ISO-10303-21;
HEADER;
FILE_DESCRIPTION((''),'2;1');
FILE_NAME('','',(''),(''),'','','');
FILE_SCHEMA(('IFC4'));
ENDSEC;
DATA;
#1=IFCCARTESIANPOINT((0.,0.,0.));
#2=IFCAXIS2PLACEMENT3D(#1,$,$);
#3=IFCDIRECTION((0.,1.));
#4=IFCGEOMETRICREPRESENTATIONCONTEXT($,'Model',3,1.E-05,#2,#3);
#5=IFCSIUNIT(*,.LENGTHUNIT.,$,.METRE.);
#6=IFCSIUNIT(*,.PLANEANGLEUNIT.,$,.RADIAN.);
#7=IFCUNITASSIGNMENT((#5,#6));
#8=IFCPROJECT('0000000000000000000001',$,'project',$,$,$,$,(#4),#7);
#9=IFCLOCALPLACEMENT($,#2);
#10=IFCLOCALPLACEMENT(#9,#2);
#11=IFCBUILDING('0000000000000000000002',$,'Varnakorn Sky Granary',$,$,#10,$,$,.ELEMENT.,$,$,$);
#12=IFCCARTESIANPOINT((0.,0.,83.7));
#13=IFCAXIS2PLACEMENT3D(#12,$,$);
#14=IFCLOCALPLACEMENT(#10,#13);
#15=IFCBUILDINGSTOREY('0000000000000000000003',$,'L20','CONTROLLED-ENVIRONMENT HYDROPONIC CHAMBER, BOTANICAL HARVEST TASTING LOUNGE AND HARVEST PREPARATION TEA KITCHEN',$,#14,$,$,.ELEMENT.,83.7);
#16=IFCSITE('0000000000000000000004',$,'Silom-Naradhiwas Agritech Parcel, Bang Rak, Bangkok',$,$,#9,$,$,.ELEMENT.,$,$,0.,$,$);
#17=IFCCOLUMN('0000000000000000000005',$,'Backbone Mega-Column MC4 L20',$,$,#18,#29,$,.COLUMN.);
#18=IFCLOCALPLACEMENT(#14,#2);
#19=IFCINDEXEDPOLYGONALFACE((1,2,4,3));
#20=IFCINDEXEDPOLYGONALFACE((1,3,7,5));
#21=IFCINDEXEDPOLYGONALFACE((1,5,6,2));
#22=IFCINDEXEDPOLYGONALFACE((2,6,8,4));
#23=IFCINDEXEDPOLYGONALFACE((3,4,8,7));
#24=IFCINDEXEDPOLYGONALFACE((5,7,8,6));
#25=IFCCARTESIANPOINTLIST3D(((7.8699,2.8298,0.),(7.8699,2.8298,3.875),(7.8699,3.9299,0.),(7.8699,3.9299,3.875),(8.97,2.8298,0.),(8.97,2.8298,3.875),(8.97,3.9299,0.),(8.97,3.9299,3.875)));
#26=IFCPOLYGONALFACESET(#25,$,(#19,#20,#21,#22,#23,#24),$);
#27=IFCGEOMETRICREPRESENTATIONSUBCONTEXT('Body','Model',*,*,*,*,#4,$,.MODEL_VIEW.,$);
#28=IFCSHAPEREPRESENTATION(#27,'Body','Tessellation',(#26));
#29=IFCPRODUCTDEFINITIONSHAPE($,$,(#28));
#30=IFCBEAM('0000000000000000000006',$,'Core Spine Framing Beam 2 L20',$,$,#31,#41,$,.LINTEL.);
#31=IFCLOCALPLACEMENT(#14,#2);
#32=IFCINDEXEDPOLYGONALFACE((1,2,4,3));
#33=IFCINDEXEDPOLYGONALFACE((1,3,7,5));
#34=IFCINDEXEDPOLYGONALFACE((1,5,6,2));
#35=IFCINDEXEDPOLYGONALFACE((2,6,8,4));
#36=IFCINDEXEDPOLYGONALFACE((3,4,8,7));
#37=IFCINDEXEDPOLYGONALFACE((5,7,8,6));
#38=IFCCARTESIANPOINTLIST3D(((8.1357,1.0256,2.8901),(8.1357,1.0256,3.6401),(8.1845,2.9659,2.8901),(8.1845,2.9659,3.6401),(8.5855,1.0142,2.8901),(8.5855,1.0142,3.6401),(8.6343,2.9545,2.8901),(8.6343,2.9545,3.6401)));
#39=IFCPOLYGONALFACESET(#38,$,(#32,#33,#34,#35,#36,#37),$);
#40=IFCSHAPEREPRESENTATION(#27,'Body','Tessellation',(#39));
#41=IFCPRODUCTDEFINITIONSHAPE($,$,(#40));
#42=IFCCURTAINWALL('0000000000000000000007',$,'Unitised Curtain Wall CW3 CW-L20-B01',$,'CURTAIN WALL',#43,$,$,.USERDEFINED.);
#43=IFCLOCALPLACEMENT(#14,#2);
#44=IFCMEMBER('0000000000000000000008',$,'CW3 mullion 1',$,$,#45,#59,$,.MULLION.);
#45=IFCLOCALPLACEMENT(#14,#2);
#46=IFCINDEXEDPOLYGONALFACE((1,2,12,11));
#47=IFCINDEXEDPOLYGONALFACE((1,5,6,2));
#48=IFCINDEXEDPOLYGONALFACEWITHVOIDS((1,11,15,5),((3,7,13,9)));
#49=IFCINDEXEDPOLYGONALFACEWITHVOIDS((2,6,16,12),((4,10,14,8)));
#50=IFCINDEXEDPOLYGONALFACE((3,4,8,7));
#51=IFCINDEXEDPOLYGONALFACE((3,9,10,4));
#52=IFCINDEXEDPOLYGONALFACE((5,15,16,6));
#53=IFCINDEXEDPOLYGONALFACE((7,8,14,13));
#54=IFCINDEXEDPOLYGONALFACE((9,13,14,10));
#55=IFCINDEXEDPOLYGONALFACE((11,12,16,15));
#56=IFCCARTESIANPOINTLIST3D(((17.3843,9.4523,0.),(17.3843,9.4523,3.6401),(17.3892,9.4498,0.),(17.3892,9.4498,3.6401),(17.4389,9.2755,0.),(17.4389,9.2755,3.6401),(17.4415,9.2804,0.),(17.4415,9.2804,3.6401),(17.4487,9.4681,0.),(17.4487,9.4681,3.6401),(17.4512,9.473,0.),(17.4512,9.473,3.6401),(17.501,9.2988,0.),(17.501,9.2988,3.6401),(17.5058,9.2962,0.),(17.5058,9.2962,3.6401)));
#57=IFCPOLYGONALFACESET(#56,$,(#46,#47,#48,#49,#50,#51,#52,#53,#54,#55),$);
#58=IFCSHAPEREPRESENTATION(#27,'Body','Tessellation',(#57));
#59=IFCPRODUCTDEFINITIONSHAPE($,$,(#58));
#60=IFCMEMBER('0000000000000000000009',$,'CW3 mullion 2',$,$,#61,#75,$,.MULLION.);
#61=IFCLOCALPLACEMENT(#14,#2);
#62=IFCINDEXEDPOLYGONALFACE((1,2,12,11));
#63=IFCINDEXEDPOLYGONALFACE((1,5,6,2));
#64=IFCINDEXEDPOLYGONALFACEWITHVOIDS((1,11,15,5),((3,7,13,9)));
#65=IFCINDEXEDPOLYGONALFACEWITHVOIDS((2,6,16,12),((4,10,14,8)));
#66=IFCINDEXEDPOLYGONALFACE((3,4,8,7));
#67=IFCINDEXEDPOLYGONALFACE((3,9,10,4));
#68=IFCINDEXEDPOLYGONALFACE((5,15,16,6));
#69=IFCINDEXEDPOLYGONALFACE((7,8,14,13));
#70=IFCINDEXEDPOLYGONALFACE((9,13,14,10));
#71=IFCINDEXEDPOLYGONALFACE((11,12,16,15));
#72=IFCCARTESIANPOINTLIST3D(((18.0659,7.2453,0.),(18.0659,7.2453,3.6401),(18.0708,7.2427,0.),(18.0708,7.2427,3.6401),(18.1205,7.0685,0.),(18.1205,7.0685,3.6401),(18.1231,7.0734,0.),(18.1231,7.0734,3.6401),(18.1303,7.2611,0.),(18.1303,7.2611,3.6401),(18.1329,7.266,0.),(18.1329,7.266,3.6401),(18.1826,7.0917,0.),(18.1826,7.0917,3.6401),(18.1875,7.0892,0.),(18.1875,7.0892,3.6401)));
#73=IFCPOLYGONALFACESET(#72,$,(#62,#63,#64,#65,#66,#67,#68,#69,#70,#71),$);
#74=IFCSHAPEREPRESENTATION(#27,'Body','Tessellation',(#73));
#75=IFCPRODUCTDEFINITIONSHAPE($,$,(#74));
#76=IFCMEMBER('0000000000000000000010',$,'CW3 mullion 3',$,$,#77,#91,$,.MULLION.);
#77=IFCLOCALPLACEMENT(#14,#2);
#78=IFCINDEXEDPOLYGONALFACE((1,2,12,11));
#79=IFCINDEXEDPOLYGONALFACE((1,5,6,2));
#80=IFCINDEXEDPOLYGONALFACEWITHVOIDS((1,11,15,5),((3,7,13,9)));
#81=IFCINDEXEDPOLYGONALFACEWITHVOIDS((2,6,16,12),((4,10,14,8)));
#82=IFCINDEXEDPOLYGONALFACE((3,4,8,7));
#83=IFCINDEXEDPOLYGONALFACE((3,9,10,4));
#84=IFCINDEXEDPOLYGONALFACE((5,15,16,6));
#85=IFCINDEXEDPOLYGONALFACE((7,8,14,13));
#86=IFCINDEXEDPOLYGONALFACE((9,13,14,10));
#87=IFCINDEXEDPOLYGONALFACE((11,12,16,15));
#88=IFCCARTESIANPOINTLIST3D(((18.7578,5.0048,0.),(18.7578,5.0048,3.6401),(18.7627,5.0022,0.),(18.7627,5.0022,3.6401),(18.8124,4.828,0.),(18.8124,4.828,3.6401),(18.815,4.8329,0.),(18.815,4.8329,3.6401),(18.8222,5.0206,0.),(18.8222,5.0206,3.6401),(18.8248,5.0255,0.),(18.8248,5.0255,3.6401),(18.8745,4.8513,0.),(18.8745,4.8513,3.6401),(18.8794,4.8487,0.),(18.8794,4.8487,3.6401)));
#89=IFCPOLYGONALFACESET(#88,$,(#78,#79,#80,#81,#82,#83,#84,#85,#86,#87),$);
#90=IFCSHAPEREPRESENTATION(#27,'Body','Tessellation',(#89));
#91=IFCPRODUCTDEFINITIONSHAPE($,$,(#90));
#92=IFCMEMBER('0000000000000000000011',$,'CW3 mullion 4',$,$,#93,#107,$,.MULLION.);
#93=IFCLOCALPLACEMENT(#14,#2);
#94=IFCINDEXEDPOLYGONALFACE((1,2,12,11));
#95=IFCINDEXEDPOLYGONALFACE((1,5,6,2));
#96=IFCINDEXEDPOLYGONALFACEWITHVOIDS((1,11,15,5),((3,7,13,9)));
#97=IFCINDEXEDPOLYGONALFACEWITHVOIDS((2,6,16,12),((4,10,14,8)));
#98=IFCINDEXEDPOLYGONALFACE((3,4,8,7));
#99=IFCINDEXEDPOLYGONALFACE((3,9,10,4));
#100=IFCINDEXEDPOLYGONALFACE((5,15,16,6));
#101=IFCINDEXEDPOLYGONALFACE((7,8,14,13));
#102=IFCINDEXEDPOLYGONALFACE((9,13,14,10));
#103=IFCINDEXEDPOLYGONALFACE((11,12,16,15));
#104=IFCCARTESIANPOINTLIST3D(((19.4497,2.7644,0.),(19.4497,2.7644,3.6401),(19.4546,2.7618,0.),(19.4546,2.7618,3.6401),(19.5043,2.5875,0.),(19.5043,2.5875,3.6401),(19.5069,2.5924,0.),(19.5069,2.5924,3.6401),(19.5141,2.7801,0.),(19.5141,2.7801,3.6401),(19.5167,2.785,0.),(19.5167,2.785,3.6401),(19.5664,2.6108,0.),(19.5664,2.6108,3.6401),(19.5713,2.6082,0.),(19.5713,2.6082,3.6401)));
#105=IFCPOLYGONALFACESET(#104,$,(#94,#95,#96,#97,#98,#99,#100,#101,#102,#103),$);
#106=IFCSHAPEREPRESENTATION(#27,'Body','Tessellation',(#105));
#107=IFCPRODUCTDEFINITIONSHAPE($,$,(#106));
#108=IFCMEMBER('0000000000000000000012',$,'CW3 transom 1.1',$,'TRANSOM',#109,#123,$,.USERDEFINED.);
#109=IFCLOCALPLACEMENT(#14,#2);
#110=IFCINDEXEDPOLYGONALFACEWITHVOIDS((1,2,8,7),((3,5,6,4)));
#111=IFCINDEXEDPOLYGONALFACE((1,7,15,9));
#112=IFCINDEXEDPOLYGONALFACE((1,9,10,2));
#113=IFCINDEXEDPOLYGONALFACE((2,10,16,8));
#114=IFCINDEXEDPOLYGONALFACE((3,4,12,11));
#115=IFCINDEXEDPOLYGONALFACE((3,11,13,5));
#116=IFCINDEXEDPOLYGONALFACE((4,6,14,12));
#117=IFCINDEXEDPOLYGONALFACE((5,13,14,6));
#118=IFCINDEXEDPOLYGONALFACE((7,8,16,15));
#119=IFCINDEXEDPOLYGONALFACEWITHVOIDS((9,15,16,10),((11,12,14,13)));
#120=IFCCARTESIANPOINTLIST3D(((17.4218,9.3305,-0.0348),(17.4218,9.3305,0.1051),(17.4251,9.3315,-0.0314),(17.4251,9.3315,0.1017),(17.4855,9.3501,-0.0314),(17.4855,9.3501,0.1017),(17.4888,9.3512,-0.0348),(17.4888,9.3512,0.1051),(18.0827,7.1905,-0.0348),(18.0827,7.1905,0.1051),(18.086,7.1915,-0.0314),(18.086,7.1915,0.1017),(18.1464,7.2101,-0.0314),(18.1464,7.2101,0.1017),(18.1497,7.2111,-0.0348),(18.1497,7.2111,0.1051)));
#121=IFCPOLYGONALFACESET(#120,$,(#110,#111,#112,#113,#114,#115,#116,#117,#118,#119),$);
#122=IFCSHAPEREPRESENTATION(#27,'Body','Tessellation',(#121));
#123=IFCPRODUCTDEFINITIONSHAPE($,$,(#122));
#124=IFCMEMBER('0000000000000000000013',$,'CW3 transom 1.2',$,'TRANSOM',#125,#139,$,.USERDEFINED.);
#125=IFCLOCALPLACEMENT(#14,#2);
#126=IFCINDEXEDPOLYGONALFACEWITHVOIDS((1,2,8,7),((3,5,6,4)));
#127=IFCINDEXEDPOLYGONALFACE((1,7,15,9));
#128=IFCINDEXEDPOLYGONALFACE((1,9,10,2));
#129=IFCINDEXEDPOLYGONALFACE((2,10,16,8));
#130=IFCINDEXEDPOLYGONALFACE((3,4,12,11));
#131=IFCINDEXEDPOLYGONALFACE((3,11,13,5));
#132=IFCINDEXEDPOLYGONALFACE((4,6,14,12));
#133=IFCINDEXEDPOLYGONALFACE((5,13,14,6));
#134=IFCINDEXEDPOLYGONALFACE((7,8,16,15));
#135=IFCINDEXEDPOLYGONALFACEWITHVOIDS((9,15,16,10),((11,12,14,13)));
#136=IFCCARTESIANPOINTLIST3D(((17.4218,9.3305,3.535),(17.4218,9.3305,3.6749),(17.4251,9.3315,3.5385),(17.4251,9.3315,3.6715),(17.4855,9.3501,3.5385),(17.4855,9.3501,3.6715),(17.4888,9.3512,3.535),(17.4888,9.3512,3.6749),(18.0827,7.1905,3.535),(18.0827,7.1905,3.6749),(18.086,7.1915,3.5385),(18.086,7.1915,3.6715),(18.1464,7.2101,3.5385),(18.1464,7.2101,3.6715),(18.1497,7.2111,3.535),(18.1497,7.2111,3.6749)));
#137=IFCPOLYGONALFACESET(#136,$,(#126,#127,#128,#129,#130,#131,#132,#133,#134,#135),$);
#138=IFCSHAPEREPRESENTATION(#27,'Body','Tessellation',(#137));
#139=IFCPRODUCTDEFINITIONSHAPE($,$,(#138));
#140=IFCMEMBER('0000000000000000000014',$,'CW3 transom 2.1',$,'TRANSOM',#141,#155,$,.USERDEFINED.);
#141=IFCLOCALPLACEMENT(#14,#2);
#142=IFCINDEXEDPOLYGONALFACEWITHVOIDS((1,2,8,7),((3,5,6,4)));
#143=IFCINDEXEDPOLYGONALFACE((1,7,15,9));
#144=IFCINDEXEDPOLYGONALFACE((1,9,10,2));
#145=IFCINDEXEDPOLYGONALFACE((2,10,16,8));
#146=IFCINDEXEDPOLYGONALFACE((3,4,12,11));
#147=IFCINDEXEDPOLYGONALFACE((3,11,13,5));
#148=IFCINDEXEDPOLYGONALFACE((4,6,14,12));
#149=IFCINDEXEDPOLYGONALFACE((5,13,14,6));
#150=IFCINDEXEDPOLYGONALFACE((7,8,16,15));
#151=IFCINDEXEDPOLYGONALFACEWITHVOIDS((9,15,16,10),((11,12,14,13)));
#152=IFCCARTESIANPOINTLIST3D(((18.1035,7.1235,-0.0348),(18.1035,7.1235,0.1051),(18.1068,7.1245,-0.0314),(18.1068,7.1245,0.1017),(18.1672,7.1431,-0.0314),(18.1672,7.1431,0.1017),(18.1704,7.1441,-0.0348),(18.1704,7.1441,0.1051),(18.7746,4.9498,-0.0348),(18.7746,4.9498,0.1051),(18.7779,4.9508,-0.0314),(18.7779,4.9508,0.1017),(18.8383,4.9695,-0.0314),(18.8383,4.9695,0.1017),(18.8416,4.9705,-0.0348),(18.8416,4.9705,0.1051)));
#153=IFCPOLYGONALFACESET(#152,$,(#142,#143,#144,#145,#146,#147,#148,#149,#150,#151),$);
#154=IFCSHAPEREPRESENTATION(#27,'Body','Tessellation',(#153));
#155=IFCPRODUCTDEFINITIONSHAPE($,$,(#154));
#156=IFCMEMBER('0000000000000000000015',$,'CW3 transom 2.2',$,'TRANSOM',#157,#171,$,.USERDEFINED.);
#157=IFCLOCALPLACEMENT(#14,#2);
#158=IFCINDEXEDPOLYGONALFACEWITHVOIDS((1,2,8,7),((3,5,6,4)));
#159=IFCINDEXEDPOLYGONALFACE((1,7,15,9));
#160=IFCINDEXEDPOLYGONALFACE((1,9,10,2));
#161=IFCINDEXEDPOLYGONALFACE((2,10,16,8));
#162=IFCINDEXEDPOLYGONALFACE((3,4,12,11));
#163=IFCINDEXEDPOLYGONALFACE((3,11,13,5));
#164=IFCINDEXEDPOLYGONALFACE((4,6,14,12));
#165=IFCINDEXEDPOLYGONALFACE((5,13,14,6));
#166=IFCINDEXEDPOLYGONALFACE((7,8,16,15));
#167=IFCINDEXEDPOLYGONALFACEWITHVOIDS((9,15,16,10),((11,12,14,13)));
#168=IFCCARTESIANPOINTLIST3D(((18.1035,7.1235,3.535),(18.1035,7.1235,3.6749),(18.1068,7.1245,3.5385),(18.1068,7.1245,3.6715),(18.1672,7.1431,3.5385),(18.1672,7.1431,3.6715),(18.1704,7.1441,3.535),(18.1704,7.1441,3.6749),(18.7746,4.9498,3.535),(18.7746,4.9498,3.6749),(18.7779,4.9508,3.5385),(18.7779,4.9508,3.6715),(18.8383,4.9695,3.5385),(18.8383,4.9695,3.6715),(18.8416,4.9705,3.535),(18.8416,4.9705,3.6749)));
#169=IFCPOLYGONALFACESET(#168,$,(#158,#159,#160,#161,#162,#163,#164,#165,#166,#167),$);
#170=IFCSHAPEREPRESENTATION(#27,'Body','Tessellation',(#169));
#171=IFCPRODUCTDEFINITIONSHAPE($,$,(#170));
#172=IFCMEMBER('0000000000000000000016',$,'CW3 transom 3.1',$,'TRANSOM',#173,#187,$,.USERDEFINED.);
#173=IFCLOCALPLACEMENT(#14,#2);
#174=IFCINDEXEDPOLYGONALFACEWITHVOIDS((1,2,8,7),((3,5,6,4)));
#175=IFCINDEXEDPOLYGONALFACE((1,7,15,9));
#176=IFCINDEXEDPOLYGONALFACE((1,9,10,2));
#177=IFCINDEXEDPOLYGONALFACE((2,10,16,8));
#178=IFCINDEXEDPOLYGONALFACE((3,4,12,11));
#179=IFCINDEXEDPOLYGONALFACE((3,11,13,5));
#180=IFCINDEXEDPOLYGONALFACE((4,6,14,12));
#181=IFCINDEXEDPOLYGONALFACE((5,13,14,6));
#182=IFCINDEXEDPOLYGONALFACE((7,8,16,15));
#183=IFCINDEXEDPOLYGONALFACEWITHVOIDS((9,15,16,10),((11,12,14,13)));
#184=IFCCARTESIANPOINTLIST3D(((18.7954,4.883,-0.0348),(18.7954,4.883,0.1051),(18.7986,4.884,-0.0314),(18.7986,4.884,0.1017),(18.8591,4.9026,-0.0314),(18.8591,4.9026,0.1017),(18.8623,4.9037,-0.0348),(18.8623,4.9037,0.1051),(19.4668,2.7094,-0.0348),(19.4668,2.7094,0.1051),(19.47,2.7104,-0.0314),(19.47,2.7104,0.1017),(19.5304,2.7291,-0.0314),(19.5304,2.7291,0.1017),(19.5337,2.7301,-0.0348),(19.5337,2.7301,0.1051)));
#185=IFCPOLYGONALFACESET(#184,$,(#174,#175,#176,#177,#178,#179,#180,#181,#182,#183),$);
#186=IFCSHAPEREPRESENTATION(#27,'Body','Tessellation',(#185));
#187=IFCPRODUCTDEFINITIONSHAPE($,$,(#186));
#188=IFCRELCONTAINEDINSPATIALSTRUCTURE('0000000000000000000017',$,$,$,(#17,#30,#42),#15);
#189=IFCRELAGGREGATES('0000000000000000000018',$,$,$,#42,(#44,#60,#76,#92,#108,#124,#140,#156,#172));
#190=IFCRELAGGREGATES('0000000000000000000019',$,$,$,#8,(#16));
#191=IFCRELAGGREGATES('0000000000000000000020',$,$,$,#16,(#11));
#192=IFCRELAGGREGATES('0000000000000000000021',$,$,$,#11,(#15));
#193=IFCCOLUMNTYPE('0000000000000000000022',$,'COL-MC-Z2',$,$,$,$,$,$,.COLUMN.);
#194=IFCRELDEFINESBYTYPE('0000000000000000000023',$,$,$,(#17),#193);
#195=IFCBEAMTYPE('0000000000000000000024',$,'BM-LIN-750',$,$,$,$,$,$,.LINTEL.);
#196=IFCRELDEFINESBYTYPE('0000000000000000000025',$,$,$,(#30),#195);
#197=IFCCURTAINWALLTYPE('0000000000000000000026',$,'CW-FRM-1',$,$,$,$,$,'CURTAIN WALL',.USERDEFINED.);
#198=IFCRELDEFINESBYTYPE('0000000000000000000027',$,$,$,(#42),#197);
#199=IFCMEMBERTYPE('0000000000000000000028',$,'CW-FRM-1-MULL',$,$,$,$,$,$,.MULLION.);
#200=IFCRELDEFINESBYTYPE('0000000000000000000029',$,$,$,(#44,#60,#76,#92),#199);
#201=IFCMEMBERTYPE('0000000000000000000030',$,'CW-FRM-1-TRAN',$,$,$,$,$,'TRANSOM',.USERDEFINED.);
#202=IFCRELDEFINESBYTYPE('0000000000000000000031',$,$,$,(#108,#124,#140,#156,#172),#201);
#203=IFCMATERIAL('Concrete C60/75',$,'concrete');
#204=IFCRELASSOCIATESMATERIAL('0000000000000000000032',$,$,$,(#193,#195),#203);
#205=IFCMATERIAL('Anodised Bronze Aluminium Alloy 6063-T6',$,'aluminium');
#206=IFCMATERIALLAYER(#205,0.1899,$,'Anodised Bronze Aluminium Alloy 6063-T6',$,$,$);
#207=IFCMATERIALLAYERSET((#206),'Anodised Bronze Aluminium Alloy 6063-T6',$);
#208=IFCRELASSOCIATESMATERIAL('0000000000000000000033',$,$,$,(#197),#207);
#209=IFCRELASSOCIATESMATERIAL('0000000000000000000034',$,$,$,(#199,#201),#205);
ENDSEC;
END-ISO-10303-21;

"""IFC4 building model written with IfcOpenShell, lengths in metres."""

from ifc_helpers import new_model, si_unit, direction, frame, origin, origin_2d, place, context, subcontext, project, spatial, rectangle, hollow_rectangle, extrude, material, layer, layer_set, material_profile, profile_set, type_object, element, aggregate, save


model = new_model("IFC4")

# Units and contexts
model_context = context("Model", 3, precision=1e-05, world=origin(), true_north=direction((0.0, 1.0)))
body_context = subcontext(model_context, "Body", "Model", "MODEL_VIEW")
ifc_project = project(units=[si_unit("LENGTHUNIT", "METRE"), si_unit("PLANEANGLEUNIT", "RADIAN")], contexts=[model_context])

# Site, building, storey
site_placement = place(None, origin())
site = spatial("IfcSite", under=ifc_project, at=site_placement, Name="Silom-Naradhiwas Agritech Parcel, Bang Rak, Bangkok", CompositionType="ELEMENT", RefElevation=0.0)
building_placement = place(site_placement, origin())
building = spatial("IfcBuilding", under=site, at=building_placement, Name="Varnakorn Sky Granary", CompositionType="ELEMENT")
storey_placement = place(building_placement, frame((0.0, 0.0, 83.7)))
storey = spatial("IfcBuildingStorey", under=building, at=storey_placement, Name="L20", Description="CONTROLLED-ENVIRONMENT HYDROPONIC CHAMBER, BOTANICAL HARVEST TASTING LOUNGE AND HARVEST PREPARATION TEA KITCHEN", CompositionType="ELEMENT", Elevation=83.7)

# Column
ifc_material_1 = material(Name="Concrete C60/75", Category="concrete")
ifc_material_profile_1 = material_profile(ifc_material_1, rectangle(XDim=1.1001, YDim=1.1001, at=origin_2d()), Name="RC 1100x1100")
ifc_profile_set_1 = profile_set([ifc_material_profile_1], Name="Concrete C60/75")
column_type = type_object("IfcColumnType", Name="COL-MC-Z2", PredefinedType="COLUMN", material=ifc_profile_set_1)
column_placement = place(storey_placement, frame((8.4199, 3.3799, 0.0), z_axis=(0.0, 0.0, 1.0), x_axis=(1.0, 0.0, 0.0)))
element("IfcColumn", 1, at=column_placement, inside=storey, type_object=column_type, Name="Backbone Mega-Column MC4 L20", PredefinedType="COLUMN", context=body_context, shape_type="SweptSolid", body=[
    extrude(rectangle(XDim=1.1001, YDim=1.1001, at=origin_2d()), origin(), (0.0, 0.0, 1.0), 3.875),
])

# Beam
ifc_material_profile_2 = material_profile(ifc_material_1, rectangle(XDim=0.45, YDim=0.75, at=origin_2d()), Name="RC 450x750")
ifc_profile_set_2 = profile_set([ifc_material_profile_2], Name="Concrete C60/75")
beam_type = type_object("IfcBeamType", Name="BM-LIN-750", PredefinedType="LINTEL", material=ifc_profile_set_2)
beam_placement = place(storey_placement, frame((8.4094, 2.9602, 3.2651), z_axis=(-0.025159, -0.999683, 0.0), x_axis=(0.999683, -0.025159, 0.0)))
element("IfcBeam", 2, at=beam_placement, inside=storey, type_object=beam_type, Name="Core Spine Framing Beam 2 L20", PredefinedType="LINTEL", context=body_context, shape_type="SweptSolid", body=[
    extrude(rectangle(XDim=0.45, YDim=0.75, at=origin_2d()), origin(), (0.0, 0.0, 1.0), 1.9409),
])

# Curtain wall, members
ifc_material_2 = material(Name="Anodised Bronze Aluminium Alloy 6063-T6", Category="aluminium")
ifc_layer_1 = layer(ifc_material_2, 0.1899, Name="Anodised Bronze Aluminium Alloy 6063-T6")
ifc_layer_set_1 = layer_set([ifc_layer_1], Name="Anodised Bronze Aluminium Alloy 6063-T6")
curtain_wall_type = type_object("IfcCurtainWallType", Name="CW-FRM-1", ElementType="CURTAIN WALL", PredefinedType="USERDEFINED", material=ifc_layer_set_1)
curtain_wall_placement = place(storey_placement, origin())
curtain_wall = element("IfcCurtainWall", 3, at=curtain_wall_placement, inside=storey, type_object=curtain_wall_type, Name="Unitised Curtain Wall CW3 CW-L20-B01", ObjectType="CURTAIN WALL", PredefinedType="USERDEFINED")
ifc_material_profile_3 = material_profile(ifc_material_2, hollow_rectangle(XDim=0.0701, YDim=0.1851, WallThickness=0.0039, at=origin_2d()), Name="ALU MULL 70x185")
ifc_profile_set_3 = profile_set([ifc_material_profile_3], Name="Anodised Bronze Aluminium Alloy 6063-T6")
member_type_1 = type_object("IfcMemberType", Name="CW-FRM-1-MULL", PredefinedType="MULLION", material=ifc_profile_set_3)
member_1_placement = place(storey_placement, frame((17.4451, 9.3743, 0.0), z_axis=(0.0, 0.0, 1.0), x_axis=(0.955475, 0.295072, 0.0)))
member_1 = element("IfcMember", 4, at=member_1_placement, type_object=member_type_1, Name="CW3 mullion 1", PredefinedType="MULLION", context=body_context, shape_type="SweptSolid", body=[
    extrude(hollow_rectangle(XDim=0.0701, YDim=0.1851, WallThickness=0.0039, at=origin_2d()), origin(), (0.0, 0.0, 1.0), 3.6401),
])
member_2_placement = place(storey_placement, frame((18.1267, 7.1672, 0.0), z_axis=(0.0, 0.0, 1.0), x_axis=(0.955475, 0.295072, 0.0)))
member_2 = element("IfcMember", 5, at=member_2_placement, type_object=member_type_1, Name="CW3 mullion 2", PredefinedType="MULLION", context=body_context, shape_type="SweptSolid", body=[
    extrude(hollow_rectangle(XDim=0.0701, YDim=0.1851, WallThickness=0.0039, at=origin_2d()), origin(), (0.0, 0.0, 1.0), 3.6401),
])
member_3_placement = place(storey_placement, frame((18.8186, 4.9268, 0.0), z_axis=(0.0, 0.0, 1.0), x_axis=(0.955475, 0.295072, 0.0)))
member_3 = element("IfcMember", 6, at=member_3_placement, type_object=member_type_1, Name="CW3 mullion 3", PredefinedType="MULLION", context=body_context, shape_type="SweptSolid", body=[
    extrude(hollow_rectangle(XDim=0.0701, YDim=0.1851, WallThickness=0.0039, at=origin_2d()), origin(), (0.0, 0.0, 1.0), 3.6401),
])
member_4_placement = place(storey_placement, frame((19.5105, 2.6863, 0.0), z_axis=(0.0, 0.0, 1.0), x_axis=(0.955475, 0.295072, 0.0)))
member_4 = element("IfcMember", 7, at=member_4_placement, type_object=member_type_1, Name="CW3 mullion 4", PredefinedType="MULLION", context=body_context, shape_type="SweptSolid", body=[
    extrude(hollow_rectangle(XDim=0.0701, YDim=0.1851, WallThickness=0.0039, at=origin_2d()), origin(), (0.0, 0.0, 1.0), 3.6401),
])
ifc_material_profile_4 = material_profile(ifc_material_2, hollow_rectangle(XDim=0.0701, YDim=0.1399, WallThickness=0.0034, at=origin_2d()), Name="ALU TRAN 70x140")
ifc_profile_set_4 = profile_set([ifc_material_profile_4], Name="Anodised Bronze Aluminium Alloy 6063-T6")
member_type_2 = type_object("IfcMemberType", Name="CW-FRM-1-TRAN", ElementType="TRANSOM", PredefinedType="USERDEFINED", material=ifc_profile_set_4)
member_5_placement = place(storey_placement, frame((17.4553, 9.3408, 0.0352), z_axis=(0.295058, -0.955479, 0.0), x_axis=(0.955479, 0.295058, 0.0)))
member_5 = element("IfcMember", 8, at=member_5_placement, type_object=member_type_2, Name="CW3 transom 1.1", ObjectType="TRANSOM", PredefinedType="USERDEFINED", context=body_context, shape_type="SweptSolid", body=[
    extrude(hollow_rectangle(XDim=0.0701, YDim=0.1399, WallThickness=0.0034, at=origin_2d()), origin(), (0.0, 0.0, 1.0), 2.2397),
])
member_6_placement = place(storey_placement, frame((17.4553, 9.3408, 3.605), z_axis=(0.295058, -0.955479, 0.0), x_axis=(0.955479, 0.295058, 0.0)))
member_6 = element("IfcMember", 9, at=member_6_placement, type_object=member_type_2, Name="CW3 transom 1.2", ObjectType="TRANSOM", PredefinedType="USERDEFINED", context=body_context, shape_type="SweptSolid", body=[
    extrude(hollow_rectangle(XDim=0.0701, YDim=0.1399, WallThickness=0.0034, at=origin_2d()), origin(), (0.0, 0.0, 1.0), 2.2397),
])
member_7_placement = place(storey_placement, frame((18.137, 7.1338, 0.0352), z_axis=(0.295028, -0.955488, 0.0), x_axis=(0.955488, 0.295028, 0.0)))
member_7 = element("IfcMember", 10, at=member_7_placement, type_object=member_type_2, Name="CW3 transom 2.1", ObjectType="TRANSOM", PredefinedType="USERDEFINED", context=body_context, shape_type="SweptSolid", body=[
    extrude(hollow_rectangle(XDim=0.0701, YDim=0.1399, WallThickness=0.0034, at=origin_2d()), origin(), (0.0, 0.0, 1.0), 2.2749),
])
member_8_placement = place(storey_placement, frame((18.137, 7.1338, 3.605), z_axis=(0.295028, -0.955488, 0.0), x_axis=(0.955488, 0.295028, 0.0)))
member_8 = element("IfcMember", 11, at=member_8_placement, type_object=member_type_2, Name="CW3 transom 2.2", ObjectType="TRANSOM", PredefinedType="USERDEFINED", context=body_context, shape_type="SweptSolid", body=[
    extrude(hollow_rectangle(XDim=0.0701, YDim=0.1399, WallThickness=0.0034, at=origin_2d()), origin(), (0.0, 0.0, 1.0), 2.2749),
])
member_9_placement = place(storey_placement, frame((18.8289, 4.8933, 0.0352), z_axis=(0.295126, -0.955458, 0.0), x_axis=(0.955458, 0.295126, 0.0)))
member_9 = element("IfcMember", 12, at=member_9_placement, type_object=member_type_2, Name="CW3 transom 3.1", ObjectType="TRANSOM", PredefinedType="USERDEFINED", context=body_context, shape_type="SweptSolid", body=[
    extrude(hollow_rectangle(XDim=0.0701, YDim=0.1399, WallThickness=0.0034, at=origin_2d()), origin(), (0.0, 0.0, 1.0), 2.2749),
])

aggregate(curtain_wall, [member_1, member_2, member_3, member_4, member_5, member_6, member_7, member_8, member_9])

save(model, "model.ifc")
